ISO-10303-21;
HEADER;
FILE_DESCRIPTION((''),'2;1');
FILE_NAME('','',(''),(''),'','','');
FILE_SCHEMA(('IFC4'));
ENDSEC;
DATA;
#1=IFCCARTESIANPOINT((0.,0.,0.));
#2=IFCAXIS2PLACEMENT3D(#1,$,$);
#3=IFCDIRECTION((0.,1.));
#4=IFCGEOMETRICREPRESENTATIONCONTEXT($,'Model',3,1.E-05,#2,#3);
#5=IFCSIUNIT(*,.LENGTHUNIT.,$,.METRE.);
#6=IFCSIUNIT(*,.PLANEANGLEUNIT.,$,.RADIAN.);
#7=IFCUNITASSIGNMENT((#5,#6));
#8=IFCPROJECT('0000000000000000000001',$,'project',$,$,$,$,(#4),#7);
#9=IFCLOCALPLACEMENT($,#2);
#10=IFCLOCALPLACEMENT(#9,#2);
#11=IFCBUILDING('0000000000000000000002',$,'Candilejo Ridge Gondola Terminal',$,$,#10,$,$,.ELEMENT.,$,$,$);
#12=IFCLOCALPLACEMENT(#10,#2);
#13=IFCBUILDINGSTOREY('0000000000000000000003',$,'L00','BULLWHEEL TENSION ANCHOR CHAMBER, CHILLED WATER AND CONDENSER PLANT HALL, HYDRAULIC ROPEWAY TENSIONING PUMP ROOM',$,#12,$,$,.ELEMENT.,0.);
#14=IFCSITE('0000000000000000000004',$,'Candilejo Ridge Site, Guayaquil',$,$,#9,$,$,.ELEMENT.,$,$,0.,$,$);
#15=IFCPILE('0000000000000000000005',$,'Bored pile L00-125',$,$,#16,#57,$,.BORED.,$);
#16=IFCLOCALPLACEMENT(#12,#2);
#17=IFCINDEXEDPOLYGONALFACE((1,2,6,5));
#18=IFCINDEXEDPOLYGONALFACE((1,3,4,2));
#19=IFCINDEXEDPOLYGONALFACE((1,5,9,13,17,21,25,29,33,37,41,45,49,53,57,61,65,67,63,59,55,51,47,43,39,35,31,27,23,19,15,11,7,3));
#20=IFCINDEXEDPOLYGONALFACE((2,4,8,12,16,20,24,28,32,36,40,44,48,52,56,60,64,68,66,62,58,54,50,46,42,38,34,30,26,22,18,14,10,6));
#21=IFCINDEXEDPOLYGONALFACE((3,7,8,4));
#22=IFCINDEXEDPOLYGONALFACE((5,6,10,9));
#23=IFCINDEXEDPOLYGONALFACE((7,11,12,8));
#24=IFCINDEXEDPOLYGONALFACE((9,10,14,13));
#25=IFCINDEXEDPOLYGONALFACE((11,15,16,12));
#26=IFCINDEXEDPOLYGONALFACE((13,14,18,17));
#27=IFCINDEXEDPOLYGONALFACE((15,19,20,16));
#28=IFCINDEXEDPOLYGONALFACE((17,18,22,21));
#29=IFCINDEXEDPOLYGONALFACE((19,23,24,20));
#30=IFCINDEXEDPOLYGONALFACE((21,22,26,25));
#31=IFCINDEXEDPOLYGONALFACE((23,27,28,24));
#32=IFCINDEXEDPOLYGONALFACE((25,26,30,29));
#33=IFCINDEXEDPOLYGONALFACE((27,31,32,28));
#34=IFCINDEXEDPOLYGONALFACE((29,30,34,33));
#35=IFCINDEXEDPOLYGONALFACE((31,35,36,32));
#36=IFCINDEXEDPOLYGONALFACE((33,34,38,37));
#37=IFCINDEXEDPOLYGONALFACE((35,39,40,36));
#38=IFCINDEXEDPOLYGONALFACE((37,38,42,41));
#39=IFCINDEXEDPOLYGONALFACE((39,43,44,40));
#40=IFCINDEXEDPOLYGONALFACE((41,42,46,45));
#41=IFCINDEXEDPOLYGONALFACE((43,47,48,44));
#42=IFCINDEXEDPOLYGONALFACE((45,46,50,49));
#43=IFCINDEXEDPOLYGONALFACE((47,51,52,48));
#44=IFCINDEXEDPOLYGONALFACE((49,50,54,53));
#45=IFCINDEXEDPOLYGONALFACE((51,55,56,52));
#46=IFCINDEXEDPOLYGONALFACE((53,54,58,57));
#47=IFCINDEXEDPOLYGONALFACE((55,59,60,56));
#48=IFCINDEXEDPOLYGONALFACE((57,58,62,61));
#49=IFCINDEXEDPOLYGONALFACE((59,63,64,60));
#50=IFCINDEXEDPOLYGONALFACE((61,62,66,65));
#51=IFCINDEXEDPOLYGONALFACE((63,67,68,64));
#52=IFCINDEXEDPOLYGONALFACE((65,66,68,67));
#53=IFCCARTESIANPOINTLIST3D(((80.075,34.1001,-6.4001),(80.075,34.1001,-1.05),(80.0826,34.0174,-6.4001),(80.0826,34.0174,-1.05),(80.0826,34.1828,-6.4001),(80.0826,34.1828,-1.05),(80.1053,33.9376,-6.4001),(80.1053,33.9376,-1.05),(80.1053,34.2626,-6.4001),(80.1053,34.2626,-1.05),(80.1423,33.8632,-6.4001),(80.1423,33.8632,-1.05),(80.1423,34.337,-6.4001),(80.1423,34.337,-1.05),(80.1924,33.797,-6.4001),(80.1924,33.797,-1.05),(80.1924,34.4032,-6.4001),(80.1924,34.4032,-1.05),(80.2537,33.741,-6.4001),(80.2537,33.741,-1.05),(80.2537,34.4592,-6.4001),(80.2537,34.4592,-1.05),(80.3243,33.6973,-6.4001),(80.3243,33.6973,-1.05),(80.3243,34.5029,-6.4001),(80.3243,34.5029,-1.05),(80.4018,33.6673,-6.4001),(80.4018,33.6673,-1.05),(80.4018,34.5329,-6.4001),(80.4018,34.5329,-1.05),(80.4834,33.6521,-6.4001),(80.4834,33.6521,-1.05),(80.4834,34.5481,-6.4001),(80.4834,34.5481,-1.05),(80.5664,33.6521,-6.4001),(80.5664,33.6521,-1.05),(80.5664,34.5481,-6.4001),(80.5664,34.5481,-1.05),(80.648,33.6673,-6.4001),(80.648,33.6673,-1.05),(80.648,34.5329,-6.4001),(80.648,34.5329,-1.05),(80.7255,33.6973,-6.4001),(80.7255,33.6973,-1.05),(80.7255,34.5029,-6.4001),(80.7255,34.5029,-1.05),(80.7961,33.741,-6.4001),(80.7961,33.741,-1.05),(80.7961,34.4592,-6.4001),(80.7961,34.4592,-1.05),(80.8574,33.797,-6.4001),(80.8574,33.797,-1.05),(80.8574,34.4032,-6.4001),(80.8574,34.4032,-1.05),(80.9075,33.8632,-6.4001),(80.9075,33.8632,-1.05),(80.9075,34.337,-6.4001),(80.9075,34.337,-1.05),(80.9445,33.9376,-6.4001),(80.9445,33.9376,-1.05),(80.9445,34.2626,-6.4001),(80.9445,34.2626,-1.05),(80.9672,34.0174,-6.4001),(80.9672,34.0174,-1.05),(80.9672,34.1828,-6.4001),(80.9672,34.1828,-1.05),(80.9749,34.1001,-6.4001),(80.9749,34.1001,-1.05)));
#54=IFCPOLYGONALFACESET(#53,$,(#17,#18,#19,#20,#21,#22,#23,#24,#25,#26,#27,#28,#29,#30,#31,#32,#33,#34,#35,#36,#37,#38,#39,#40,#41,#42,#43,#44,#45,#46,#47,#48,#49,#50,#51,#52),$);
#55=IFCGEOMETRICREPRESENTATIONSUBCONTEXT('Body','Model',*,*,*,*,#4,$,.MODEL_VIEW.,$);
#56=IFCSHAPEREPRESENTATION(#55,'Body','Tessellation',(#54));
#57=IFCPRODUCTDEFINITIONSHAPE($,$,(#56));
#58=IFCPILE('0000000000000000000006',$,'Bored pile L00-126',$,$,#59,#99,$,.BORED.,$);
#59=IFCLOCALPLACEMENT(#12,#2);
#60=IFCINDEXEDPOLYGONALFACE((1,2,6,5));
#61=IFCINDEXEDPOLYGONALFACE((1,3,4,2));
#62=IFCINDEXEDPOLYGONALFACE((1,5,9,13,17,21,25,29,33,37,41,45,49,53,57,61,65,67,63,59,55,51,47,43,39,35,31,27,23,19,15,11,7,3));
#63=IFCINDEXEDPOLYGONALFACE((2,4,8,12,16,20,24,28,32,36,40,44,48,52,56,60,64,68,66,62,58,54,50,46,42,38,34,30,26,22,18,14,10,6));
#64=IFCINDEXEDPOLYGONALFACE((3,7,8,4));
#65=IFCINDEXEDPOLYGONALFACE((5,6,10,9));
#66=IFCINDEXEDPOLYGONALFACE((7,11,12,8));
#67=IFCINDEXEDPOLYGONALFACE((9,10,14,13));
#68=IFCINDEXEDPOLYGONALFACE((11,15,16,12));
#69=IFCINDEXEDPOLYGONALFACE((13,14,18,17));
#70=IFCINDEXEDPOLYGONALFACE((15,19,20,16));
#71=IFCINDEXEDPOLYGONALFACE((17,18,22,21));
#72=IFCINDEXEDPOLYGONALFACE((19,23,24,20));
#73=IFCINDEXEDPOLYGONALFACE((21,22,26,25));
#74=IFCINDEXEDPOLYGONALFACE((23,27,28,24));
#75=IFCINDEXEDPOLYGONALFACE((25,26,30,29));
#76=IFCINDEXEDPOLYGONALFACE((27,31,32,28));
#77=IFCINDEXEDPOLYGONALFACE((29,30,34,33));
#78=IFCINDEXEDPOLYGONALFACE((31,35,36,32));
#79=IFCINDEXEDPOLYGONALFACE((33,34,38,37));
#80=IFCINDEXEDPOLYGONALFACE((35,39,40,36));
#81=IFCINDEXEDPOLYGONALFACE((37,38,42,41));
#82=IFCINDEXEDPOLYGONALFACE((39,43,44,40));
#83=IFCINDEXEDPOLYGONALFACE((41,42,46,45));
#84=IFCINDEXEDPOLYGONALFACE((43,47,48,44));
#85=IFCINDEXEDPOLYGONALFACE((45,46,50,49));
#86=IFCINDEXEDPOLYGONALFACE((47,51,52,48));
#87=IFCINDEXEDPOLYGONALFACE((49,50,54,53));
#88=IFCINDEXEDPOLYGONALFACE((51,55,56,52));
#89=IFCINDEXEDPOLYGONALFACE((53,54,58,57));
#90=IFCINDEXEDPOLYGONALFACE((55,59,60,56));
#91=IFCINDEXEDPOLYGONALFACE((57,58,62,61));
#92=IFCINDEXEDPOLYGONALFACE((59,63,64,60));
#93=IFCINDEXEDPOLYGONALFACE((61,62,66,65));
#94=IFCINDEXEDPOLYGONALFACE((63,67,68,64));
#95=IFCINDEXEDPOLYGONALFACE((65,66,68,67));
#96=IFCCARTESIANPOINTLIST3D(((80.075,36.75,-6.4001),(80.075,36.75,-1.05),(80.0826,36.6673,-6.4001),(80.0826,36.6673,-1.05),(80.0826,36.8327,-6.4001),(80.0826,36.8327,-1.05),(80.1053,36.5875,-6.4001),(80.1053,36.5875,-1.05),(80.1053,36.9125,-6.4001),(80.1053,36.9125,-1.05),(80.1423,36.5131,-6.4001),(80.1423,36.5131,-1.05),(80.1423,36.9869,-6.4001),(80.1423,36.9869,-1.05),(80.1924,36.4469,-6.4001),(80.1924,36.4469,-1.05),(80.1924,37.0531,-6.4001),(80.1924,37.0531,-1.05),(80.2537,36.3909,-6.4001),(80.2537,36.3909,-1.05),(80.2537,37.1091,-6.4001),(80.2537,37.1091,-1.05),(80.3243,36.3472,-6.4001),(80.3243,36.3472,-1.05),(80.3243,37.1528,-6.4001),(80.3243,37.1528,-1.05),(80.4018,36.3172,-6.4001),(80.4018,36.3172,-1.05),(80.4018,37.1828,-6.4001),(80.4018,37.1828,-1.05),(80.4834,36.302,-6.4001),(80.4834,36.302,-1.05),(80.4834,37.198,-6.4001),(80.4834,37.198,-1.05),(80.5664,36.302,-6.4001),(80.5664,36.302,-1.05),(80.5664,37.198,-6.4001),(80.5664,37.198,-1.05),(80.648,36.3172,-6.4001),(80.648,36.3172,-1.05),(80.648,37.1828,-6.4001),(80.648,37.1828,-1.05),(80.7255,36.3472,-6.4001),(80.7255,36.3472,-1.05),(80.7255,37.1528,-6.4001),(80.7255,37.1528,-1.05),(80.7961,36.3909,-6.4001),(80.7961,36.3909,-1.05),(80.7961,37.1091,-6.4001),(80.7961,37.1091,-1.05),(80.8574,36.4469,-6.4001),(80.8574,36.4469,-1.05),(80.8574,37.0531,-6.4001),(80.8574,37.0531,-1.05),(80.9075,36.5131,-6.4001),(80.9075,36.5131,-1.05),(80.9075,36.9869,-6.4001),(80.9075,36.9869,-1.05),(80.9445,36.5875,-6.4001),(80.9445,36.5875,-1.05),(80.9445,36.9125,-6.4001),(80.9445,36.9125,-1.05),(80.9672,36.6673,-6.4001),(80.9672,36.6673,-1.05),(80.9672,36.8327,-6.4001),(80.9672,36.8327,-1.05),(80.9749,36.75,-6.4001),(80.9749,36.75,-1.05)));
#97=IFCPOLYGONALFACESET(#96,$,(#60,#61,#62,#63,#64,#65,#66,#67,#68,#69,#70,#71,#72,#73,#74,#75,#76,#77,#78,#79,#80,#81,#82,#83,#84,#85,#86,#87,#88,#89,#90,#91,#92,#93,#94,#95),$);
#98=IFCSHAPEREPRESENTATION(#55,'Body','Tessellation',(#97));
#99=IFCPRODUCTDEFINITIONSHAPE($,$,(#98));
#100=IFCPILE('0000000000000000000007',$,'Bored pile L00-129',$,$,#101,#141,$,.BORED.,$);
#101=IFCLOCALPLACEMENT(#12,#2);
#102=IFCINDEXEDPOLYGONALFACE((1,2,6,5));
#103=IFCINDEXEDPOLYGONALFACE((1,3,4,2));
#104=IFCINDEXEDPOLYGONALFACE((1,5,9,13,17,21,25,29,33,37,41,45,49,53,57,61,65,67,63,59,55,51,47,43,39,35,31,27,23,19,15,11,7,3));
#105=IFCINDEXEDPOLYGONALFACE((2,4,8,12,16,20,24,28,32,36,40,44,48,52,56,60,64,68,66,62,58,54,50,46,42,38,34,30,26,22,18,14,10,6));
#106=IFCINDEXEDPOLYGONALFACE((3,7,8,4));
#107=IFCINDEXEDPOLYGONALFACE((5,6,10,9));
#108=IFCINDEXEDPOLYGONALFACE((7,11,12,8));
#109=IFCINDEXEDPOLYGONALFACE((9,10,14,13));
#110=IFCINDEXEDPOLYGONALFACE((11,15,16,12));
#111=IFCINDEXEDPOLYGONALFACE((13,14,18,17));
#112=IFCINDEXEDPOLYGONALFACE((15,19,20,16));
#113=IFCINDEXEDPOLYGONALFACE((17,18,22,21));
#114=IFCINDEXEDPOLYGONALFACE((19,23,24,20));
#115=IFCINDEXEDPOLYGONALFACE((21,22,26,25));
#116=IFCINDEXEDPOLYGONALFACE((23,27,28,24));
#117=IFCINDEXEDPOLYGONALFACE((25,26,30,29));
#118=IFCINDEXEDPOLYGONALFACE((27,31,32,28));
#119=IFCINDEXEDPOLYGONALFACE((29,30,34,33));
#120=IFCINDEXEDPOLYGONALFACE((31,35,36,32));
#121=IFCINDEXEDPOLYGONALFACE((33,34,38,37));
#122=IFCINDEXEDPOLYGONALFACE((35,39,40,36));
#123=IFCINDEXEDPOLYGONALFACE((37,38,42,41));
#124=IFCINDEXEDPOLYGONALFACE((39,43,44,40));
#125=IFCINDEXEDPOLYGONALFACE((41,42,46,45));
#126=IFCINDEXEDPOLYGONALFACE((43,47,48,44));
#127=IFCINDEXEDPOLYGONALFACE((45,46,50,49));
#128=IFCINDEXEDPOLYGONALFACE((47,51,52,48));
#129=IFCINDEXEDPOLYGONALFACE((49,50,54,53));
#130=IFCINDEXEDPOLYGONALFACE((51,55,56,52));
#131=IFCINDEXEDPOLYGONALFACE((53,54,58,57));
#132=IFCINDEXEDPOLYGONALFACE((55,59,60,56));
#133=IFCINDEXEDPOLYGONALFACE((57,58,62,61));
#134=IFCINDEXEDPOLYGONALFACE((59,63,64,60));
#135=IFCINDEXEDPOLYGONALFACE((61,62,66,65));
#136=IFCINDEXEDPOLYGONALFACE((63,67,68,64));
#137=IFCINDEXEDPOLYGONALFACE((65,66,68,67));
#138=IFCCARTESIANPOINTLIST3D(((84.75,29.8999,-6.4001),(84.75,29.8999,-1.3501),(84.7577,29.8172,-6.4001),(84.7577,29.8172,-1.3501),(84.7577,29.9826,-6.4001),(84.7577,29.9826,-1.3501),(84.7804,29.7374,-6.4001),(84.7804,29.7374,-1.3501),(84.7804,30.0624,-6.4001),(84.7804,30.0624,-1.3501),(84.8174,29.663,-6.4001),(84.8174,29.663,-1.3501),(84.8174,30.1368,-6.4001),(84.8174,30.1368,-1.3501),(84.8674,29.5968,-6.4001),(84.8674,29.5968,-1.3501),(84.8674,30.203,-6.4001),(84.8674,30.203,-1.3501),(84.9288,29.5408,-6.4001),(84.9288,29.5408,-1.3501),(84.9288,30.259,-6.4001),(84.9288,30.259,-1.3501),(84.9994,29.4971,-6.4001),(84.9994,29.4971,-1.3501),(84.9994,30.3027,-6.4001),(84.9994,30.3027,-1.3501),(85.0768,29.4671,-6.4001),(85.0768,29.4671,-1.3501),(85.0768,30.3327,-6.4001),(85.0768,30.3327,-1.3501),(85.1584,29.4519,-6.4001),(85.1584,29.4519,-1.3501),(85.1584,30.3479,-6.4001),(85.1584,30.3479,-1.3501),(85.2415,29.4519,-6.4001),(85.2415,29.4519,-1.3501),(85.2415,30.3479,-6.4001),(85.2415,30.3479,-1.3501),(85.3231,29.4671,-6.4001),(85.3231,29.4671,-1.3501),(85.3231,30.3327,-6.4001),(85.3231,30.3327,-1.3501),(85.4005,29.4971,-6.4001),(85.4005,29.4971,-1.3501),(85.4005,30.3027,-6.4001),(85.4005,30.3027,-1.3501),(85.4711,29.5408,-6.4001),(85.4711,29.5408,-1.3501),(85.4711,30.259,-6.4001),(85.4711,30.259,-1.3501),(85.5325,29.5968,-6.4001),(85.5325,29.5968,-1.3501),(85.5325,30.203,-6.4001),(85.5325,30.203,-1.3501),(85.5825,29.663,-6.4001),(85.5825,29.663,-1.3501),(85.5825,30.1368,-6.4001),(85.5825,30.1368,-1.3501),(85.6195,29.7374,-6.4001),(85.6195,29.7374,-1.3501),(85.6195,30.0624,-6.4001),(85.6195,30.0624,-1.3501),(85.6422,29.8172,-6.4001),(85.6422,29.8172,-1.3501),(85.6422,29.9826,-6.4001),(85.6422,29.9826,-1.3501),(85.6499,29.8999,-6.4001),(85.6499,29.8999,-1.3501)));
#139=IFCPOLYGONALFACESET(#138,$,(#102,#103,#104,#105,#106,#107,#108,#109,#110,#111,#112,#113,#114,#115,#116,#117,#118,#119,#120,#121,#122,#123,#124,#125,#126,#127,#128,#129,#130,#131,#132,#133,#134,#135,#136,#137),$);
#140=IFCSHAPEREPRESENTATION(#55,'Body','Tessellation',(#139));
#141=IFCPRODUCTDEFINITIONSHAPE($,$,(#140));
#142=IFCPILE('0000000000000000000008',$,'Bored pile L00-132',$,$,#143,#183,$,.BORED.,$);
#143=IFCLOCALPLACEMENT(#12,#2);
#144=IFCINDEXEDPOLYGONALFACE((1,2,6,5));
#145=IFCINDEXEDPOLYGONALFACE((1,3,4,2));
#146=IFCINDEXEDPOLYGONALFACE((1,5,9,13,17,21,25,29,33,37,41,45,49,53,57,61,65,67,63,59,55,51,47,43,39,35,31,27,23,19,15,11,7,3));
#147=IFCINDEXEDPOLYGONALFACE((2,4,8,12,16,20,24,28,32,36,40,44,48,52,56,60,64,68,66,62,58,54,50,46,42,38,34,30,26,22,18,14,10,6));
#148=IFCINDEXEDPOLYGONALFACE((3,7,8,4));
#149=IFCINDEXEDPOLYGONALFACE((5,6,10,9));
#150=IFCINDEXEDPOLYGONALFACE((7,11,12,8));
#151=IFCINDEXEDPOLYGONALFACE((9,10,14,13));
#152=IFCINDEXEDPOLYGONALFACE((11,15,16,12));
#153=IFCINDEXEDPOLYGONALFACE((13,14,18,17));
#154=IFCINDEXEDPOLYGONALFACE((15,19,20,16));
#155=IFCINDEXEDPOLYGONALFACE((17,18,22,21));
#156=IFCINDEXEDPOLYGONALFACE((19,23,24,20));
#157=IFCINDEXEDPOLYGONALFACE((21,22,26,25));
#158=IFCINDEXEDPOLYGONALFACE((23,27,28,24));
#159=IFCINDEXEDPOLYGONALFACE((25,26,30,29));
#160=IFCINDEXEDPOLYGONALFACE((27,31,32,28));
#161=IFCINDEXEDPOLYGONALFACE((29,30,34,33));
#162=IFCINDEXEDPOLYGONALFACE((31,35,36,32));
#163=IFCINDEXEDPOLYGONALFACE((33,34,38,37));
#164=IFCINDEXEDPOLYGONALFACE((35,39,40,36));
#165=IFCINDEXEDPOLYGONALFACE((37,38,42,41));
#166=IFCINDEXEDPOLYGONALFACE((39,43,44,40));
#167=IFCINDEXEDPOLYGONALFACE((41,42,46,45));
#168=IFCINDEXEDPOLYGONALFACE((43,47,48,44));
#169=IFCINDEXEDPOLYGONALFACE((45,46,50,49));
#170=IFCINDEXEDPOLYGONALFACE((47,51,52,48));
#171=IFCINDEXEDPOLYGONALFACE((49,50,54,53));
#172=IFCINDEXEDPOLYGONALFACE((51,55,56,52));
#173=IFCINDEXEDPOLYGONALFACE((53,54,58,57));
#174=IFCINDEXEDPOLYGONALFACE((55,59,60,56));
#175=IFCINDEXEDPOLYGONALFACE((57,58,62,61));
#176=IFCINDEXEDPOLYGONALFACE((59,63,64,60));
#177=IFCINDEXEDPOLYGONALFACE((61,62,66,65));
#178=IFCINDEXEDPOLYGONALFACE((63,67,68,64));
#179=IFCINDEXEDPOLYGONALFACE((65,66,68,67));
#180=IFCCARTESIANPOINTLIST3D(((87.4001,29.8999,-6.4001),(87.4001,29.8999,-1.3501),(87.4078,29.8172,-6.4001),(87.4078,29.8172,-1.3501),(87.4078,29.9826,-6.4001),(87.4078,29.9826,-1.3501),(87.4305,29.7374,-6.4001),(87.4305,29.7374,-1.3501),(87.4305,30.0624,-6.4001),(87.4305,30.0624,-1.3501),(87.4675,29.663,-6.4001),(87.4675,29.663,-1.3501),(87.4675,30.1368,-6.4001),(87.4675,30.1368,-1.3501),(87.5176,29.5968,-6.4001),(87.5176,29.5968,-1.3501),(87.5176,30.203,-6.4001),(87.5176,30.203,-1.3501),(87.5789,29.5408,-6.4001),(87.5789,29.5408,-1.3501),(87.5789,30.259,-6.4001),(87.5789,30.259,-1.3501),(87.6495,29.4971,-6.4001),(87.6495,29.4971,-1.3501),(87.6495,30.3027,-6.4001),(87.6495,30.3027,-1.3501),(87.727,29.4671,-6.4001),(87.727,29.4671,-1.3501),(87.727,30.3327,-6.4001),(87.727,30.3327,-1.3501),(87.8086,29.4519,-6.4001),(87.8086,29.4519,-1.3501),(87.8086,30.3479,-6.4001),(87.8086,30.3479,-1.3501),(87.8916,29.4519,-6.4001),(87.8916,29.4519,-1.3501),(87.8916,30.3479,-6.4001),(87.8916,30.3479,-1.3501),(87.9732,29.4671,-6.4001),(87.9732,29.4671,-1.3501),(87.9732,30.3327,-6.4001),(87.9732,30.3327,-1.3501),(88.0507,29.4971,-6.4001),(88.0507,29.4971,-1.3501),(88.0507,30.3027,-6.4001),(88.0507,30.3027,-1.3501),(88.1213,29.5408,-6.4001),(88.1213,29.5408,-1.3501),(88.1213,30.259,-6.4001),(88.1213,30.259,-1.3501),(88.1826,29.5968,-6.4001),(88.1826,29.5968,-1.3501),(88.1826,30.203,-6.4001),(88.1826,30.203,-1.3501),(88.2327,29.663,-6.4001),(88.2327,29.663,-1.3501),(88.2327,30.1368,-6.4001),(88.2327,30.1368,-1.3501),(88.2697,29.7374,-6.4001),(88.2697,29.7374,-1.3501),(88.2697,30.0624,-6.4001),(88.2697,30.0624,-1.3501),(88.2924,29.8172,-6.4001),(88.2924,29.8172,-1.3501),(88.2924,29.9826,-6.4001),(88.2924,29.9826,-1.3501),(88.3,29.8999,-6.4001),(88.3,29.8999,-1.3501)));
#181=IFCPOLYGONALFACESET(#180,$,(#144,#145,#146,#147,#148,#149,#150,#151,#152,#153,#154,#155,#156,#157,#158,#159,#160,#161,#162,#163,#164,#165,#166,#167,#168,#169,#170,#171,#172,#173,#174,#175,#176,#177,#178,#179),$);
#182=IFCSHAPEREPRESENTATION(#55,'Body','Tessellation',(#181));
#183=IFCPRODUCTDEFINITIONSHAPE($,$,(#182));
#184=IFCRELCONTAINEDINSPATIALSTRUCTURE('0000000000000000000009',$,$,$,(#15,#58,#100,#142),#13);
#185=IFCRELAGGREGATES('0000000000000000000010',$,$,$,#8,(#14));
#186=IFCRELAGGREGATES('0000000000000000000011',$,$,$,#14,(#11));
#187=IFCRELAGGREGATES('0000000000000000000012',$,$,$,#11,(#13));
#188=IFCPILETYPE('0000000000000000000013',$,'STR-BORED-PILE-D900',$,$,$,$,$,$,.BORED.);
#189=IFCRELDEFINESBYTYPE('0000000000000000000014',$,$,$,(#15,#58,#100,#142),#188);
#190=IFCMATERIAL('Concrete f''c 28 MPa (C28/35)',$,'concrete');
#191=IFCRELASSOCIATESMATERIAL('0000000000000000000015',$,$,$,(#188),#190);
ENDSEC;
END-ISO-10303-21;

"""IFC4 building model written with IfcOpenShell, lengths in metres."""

from ifc_helpers import new_model, si_unit, direction, frame, origin, origin_2d, place, context, subcontext, project, spatial, circle, extrude, material, material_profile, profile_set, type_object, element, save


model = new_model("IFC4")

# Units and contexts
model_context = context("Model", 3, precision=1e-05, world=origin(), true_north=direction((0.0, 1.0)))
body_context = subcontext(model_context, "Body", "Model", "MODEL_VIEW")
ifc_project = project(units=[si_unit("LENGTHUNIT", "METRE"), si_unit("PLANEANGLEUNIT", "RADIAN")], contexts=[model_context])

# Site, building, storey
site_placement = place(None, origin())
site = spatial("IfcSite", under=ifc_project, at=site_placement, Name="Candilejo Ridge Site, Guayaquil", CompositionType="ELEMENT", RefElevation=0.0)
building_placement = place(site_placement, origin())
building = spatial("IfcBuilding", under=site, at=building_placement, Name="Candilejo Ridge Gondola Terminal", CompositionType="ELEMENT")
storey_placement = place(building_placement, origin())
storey = spatial("IfcBuildingStorey", under=building, at=storey_placement, Name="L00", Description="BULLWHEEL TENSION ANCHOR CHAMBER, CHILLED WATER AND CONDENSER PLANT HALL, HYDRAULIC ROPEWAY TENSIONING PUMP ROOM", CompositionType="ELEMENT", Elevation=0.0)

# Piles
ifc_material_1 = material(Name="Concrete f'c 28 MPa (C28/35)", Category="concrete")
ifc_material_profile_1 = material_profile(ifc_material_1, circle(Radius=0.45, at=origin_2d()))
ifc_profile_set_1 = profile_set([ifc_material_profile_1], Name="Concrete f'c 28 MPa (C28/35)")
pile_type = type_object("IfcPileType", Name="STR-BORED-PILE-D900", PredefinedType="BORED", material=ifc_profile_set_1)
for number, where, z_axis, x_axis, name in (
    (1, (80.5249, 34.1001, -1.05), (0.0, 0.0, -1.0), (1.0, 0.0, 0.0), "Bored pile L00-125"),
    (2, (80.5249, 36.75, -1.05), (0.0, 0.0, -1.0), (1.0, 0.0, 0.0), "Bored pile L00-126"),
):
    element("IfcPile", number, at=place(storey_placement, frame(where, z_axis=z_axis, x_axis=x_axis)), inside=storey, type_object=pile_type, Name=name, PredefinedType="BORED", context=body_context, shape_type="SweptSolid", body=[
        extrude(circle(Radius=0.45, at=origin_2d()), origin(), (0.0, 0.0, 1.0), 5.3501),
    ])
for number, where, z_axis, x_axis, name in (
    (3, (85.2, 29.8999, -1.3501), (0.0, 0.0, -1.0), (1.0, 0.0, 0.0), "Bored pile L00-129"),
    (4, (87.8501, 29.8999, -1.3501), (0.0, 0.0, -1.0), (1.0, 0.0, 0.0), "Bored pile L00-132"),
):
    element("IfcPile", number, at=place(storey_placement, frame(where, z_axis=z_axis, x_axis=x_axis)), inside=storey, type_object=pile_type, Name=name, PredefinedType="BORED", context=body_context, shape_type="SweptSolid", body=[
        extrude(circle(Radius=0.45, at=origin_2d()), origin(), (0.0, 0.0, 1.0), 5.05),
    ])

save(model, "model.ifc")
